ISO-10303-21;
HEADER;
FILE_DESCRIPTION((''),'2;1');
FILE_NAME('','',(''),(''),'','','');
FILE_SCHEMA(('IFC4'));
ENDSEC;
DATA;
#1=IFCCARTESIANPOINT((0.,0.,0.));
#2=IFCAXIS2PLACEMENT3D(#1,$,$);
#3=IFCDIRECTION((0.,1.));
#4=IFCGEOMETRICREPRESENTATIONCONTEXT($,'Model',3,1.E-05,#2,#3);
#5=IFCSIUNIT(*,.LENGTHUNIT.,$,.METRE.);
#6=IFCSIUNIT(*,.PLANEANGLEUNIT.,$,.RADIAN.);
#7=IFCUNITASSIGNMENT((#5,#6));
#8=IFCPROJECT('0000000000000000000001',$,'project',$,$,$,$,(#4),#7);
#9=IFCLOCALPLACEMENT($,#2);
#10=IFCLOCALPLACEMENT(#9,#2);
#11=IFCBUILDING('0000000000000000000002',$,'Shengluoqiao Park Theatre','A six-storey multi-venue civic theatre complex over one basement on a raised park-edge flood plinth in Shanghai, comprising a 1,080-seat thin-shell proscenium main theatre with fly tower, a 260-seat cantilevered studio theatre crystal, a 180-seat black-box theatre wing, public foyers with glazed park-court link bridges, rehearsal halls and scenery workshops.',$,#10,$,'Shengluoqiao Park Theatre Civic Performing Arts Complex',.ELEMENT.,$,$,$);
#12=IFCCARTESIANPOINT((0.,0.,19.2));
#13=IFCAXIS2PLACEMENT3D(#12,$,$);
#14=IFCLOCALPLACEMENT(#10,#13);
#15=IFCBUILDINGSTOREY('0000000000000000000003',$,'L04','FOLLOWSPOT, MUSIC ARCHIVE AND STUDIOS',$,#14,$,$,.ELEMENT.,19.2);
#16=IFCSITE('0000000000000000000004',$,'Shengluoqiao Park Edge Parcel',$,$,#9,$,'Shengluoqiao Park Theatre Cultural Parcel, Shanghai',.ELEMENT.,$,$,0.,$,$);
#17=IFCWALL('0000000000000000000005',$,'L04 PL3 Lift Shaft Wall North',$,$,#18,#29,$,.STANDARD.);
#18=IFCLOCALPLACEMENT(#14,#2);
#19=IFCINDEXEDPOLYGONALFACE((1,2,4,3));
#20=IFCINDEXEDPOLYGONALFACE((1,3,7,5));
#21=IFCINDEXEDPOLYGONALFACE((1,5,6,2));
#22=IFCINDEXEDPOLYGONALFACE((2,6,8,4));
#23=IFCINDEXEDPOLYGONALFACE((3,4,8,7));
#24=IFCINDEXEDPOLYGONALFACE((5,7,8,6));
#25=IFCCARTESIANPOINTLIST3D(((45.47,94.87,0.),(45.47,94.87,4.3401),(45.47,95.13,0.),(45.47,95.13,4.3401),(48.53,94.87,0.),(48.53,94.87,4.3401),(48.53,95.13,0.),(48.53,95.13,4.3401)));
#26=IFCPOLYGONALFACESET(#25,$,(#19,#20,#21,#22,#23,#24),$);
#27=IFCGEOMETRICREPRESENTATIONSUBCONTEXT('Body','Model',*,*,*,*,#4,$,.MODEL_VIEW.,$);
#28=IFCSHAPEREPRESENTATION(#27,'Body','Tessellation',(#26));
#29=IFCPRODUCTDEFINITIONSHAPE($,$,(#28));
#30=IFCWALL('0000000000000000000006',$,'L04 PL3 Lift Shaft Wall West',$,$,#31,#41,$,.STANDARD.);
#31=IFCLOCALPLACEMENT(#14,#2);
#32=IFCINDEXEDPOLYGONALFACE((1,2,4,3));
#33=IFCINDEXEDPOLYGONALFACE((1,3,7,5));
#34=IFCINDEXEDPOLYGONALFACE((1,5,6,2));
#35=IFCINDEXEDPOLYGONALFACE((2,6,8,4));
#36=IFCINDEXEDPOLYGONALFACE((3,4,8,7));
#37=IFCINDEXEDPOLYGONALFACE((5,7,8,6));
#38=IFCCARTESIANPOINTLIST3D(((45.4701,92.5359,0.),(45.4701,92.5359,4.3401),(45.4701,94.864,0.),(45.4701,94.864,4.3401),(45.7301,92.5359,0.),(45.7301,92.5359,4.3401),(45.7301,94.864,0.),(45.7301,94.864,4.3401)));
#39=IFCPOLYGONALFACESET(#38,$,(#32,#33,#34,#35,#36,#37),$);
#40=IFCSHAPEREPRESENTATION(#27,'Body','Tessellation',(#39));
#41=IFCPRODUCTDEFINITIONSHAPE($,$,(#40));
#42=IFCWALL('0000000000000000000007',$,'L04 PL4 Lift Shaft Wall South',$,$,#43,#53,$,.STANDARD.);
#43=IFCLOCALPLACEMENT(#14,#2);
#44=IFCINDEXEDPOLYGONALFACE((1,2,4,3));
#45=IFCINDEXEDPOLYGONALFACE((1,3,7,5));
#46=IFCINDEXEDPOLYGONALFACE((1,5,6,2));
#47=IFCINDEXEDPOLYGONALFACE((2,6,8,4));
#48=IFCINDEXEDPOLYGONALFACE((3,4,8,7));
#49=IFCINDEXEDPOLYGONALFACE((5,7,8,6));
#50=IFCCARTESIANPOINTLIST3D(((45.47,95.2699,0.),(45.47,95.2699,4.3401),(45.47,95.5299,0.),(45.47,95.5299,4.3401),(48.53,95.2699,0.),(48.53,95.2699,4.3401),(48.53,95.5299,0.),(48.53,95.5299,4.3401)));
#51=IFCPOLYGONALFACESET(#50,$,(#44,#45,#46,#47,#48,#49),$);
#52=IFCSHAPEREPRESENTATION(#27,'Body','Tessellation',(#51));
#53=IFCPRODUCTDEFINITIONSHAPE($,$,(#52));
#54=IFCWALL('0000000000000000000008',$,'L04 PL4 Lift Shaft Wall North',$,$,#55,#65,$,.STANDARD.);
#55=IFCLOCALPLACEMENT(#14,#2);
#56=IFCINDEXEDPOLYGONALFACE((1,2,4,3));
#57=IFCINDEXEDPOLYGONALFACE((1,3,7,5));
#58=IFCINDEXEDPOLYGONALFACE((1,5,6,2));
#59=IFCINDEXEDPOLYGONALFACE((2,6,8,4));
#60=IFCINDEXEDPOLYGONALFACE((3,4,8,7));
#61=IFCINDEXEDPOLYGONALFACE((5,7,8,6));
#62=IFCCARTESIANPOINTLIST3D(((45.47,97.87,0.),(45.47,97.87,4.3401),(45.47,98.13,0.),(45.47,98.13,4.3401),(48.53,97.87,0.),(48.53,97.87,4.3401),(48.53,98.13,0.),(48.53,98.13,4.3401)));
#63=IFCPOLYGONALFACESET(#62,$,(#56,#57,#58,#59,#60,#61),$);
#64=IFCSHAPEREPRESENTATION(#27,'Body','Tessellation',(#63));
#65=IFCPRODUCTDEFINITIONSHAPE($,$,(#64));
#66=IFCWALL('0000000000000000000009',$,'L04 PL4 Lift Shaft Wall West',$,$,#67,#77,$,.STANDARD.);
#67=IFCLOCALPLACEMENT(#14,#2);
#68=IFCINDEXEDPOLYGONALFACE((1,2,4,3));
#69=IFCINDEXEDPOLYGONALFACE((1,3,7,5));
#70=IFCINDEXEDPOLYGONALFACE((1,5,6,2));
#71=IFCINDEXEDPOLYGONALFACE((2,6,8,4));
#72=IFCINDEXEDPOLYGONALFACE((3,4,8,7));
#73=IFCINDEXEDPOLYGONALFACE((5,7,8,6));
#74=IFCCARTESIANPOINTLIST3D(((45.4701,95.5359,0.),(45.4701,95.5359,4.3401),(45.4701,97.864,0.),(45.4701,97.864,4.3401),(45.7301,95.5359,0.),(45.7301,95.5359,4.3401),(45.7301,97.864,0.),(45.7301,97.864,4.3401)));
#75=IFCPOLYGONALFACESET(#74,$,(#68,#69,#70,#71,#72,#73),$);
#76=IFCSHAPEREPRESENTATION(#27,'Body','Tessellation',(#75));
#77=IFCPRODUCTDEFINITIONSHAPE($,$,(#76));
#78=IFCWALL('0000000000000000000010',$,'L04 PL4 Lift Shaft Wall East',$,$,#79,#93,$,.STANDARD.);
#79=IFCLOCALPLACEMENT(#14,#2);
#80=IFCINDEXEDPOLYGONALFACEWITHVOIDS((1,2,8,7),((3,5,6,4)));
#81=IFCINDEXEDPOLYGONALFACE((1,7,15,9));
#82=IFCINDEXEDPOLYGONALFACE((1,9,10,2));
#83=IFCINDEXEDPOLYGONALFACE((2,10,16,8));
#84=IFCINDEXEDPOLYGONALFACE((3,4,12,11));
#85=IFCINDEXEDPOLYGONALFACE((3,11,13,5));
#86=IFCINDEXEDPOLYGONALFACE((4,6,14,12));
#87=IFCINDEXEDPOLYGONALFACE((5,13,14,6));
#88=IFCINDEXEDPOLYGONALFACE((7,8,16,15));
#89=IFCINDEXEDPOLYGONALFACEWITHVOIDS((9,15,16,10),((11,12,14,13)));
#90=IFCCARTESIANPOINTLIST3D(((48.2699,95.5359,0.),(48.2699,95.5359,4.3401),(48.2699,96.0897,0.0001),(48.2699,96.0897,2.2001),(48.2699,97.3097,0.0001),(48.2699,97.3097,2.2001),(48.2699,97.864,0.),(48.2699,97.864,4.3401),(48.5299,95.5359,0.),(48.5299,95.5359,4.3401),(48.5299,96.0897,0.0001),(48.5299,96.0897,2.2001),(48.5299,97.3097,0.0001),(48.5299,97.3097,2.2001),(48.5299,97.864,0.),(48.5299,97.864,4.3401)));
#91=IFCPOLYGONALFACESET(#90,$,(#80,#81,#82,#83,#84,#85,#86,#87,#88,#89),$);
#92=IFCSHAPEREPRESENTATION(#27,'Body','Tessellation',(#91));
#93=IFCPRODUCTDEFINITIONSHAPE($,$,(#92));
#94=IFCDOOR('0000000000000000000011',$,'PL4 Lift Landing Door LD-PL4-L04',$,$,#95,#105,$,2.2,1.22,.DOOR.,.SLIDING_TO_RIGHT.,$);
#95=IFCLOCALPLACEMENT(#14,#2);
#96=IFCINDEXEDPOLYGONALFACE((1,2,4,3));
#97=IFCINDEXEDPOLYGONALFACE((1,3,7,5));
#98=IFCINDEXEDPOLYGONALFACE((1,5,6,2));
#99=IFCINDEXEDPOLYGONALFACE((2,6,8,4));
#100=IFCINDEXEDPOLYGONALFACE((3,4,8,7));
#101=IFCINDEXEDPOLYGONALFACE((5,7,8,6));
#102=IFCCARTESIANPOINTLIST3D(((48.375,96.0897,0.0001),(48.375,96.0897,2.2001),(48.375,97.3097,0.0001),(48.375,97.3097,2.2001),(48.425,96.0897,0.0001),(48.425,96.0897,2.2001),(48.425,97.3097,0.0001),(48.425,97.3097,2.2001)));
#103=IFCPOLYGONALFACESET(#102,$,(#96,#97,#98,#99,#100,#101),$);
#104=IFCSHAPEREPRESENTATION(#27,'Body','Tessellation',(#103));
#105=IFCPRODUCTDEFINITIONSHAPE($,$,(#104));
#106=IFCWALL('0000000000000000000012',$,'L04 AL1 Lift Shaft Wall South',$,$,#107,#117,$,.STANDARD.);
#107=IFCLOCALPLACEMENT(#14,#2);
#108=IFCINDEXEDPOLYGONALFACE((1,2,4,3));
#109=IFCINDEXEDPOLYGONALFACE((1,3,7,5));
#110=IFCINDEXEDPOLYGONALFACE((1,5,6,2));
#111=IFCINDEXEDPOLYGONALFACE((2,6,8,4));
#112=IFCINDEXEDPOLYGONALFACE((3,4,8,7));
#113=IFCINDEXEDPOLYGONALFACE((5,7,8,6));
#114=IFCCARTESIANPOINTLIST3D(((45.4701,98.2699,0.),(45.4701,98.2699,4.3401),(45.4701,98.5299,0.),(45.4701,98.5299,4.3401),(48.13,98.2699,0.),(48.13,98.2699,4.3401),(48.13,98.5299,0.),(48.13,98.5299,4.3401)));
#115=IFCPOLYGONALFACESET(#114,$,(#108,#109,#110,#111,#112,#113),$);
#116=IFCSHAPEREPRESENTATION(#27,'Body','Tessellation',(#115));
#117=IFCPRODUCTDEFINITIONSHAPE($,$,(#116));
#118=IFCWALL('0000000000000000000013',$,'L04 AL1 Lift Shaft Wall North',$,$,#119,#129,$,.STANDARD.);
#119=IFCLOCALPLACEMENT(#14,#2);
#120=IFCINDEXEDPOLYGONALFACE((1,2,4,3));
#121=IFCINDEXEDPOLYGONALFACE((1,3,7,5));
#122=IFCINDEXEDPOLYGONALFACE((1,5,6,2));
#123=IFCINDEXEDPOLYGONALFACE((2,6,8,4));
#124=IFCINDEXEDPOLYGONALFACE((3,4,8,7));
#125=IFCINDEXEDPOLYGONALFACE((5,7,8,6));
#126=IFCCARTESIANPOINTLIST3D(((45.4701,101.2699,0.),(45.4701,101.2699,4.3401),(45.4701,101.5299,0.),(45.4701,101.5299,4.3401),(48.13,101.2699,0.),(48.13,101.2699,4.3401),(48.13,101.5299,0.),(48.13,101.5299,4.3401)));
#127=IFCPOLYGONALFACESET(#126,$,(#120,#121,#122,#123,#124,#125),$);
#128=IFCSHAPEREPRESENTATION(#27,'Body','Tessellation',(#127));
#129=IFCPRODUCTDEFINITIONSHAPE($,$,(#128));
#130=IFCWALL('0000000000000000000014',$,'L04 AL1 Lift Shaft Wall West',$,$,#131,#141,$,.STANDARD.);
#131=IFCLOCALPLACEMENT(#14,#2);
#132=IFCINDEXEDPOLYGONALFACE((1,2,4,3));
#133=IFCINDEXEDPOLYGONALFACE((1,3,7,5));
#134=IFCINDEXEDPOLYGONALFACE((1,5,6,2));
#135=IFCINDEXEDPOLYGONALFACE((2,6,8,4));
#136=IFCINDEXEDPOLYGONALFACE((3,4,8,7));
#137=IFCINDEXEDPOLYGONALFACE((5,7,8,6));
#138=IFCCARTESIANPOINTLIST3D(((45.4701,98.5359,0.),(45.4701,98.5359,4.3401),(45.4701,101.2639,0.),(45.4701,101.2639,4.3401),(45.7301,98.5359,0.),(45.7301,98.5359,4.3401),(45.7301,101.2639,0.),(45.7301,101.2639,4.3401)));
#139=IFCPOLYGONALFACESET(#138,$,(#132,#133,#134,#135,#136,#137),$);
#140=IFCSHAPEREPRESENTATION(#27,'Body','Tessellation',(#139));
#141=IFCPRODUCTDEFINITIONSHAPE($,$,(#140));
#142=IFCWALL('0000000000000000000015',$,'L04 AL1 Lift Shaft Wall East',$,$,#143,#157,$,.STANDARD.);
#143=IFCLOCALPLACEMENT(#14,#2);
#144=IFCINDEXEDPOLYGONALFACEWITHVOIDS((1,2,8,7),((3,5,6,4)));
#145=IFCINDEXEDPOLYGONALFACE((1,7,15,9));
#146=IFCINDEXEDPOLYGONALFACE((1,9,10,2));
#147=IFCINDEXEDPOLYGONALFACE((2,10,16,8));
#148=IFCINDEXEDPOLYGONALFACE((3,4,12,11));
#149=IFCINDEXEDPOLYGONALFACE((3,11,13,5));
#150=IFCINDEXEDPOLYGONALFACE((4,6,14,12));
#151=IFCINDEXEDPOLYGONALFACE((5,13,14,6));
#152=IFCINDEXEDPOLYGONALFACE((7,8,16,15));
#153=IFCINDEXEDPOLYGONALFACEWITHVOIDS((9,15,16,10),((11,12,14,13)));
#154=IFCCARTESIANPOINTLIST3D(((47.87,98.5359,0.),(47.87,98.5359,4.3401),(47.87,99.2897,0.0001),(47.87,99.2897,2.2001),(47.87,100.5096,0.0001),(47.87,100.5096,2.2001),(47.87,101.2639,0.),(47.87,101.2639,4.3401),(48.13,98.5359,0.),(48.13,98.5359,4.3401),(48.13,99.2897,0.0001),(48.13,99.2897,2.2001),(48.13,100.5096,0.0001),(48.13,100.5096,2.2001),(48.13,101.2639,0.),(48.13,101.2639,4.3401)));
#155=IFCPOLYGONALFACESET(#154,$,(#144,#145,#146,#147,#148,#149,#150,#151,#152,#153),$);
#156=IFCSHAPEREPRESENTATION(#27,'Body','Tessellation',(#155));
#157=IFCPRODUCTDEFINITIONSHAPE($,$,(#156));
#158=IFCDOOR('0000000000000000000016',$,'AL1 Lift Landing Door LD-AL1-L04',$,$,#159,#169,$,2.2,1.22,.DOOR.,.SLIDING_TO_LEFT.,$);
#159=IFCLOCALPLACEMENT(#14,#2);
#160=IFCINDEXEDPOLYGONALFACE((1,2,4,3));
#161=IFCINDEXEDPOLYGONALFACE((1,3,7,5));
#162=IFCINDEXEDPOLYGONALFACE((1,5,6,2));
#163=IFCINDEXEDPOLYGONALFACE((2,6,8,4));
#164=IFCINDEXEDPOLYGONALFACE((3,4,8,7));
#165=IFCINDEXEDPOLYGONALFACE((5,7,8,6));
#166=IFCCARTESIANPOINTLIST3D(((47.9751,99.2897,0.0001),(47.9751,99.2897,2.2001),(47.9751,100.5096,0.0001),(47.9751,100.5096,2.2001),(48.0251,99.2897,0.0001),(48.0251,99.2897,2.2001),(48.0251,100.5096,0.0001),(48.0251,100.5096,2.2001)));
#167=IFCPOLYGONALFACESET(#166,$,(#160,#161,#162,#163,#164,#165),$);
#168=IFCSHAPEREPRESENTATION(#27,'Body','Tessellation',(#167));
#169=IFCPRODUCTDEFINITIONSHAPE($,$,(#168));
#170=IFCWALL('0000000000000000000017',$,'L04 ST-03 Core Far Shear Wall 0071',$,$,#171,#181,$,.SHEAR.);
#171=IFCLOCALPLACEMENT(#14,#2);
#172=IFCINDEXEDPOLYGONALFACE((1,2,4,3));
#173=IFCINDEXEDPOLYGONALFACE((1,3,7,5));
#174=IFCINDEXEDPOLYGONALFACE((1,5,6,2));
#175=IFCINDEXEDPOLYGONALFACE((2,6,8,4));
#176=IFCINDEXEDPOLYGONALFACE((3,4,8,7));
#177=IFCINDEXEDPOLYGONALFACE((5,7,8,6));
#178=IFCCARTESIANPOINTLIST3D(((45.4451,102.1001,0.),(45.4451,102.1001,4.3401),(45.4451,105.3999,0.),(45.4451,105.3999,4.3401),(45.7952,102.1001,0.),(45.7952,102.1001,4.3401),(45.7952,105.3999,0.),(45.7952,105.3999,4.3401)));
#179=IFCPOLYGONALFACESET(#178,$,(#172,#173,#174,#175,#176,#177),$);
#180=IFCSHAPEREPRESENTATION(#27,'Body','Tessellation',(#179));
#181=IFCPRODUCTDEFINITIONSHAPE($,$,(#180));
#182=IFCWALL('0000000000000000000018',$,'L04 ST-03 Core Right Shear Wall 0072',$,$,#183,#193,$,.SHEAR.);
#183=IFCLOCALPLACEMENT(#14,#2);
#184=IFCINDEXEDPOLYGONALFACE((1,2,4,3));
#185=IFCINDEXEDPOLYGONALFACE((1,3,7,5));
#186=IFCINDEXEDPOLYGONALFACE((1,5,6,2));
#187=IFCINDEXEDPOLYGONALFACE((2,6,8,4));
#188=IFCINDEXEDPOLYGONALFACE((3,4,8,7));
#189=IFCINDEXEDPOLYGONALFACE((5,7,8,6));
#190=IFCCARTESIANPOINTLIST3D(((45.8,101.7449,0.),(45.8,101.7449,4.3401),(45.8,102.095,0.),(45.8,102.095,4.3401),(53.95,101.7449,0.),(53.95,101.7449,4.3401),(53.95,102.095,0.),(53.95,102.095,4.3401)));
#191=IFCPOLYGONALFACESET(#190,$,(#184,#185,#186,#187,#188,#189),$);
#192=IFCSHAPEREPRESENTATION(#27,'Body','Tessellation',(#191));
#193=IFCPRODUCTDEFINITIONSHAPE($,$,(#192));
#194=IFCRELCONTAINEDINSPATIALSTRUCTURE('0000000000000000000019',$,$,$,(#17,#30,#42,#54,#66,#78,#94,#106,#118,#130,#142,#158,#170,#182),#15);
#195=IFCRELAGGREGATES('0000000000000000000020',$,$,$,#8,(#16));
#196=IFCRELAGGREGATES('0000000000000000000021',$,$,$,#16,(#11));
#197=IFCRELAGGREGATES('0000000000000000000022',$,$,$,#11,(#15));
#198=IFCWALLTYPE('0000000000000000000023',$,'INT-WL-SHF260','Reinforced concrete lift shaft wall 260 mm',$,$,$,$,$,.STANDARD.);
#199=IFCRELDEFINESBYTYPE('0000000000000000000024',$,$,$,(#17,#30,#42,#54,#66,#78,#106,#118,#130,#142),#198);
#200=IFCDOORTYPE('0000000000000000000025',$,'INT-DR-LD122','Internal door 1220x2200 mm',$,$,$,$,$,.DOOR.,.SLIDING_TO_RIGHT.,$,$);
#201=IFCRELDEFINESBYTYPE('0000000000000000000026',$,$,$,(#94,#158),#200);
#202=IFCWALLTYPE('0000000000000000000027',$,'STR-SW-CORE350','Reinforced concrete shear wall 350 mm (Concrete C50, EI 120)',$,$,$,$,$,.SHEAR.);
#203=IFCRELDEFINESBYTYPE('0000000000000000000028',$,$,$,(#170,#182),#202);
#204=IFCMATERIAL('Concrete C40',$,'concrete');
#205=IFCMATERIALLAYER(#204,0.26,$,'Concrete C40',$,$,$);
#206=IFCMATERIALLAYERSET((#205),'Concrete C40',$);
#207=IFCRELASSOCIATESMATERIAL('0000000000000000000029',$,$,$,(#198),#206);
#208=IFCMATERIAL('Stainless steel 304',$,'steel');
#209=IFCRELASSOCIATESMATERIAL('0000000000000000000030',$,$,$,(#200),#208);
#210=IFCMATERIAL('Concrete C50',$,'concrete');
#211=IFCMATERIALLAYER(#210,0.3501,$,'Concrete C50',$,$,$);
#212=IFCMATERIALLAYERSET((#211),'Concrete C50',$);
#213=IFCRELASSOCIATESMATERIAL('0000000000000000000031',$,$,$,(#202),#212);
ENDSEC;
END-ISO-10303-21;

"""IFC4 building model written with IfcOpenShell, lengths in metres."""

from ifc_helpers import new_model, si_unit, direction, frame, frame_2d, origin, place, context, subcontext, project, spatial, rectangle, extrude, material, layer, layer_set, type_object, element, fill, save


model = new_model("IFC4")

# Units and contexts
model_context = context("Model", 3, precision=1e-05, world=origin(), true_north=direction((0.0, 1.0)))
body_context = subcontext(model_context, "Body", "Model", "MODEL_VIEW")
ifc_project = project(units=[si_unit("LENGTHUNIT", "METRE"), si_unit("PLANEANGLEUNIT", "RADIAN")], contexts=[model_context])

# Site, building, storey
site_placement = place(None, origin())
site = spatial("IfcSite", under=ifc_project, at=site_placement, Name="Shengluoqiao Park Edge Parcel", LongName="Shengluoqiao Park Theatre Cultural Parcel, Shanghai", CompositionType="ELEMENT", RefElevation=0.0)
building_placement = place(site_placement, origin())
building = spatial("IfcBuilding", under=site, at=building_placement, Name="Shengluoqiao Park Theatre", Description="A six-storey multi-venue civic theatre complex over one basement on a raised park-edge flood plinth in Shanghai, comprising a 1,080-seat thin-shell proscenium main theatre with fly tower, a 260-seat cantilevered studio theatre crystal, a 180-seat black-box theatre wing, public foyers with glazed park-court link bridges, rehearsal halls and scenery workshops.", LongName="Shengluoqiao Park Theatre Civic Performing Arts Complex", CompositionType="ELEMENT")
storey_placement = place(building_placement, frame((0.0, 0.0, 19.2)))
storey = spatial("IfcBuildingStorey", under=building, at=storey_placement, Name="L04", Description="FOLLOWSPOT, MUSIC ARCHIVE AND STUDIOS", CompositionType="ELEMENT", Elevation=19.2)

# Shared definitions
ifc_material_1 = material(Name="Concrete C50", Category="concrete")

# Walls
ifc_material_2 = material(Name="Concrete C40", Category="concrete")
ifc_layer_1 = layer(ifc_material_2, 0.26, Name="Concrete C40")
ifc_layer_set_1 = layer_set([ifc_layer_1], Name="Concrete C40")
wall_type_1 = type_object("IfcWallType", Name="INT-WL-SHF260", Description="Reinforced concrete lift shaft wall 260 mm", PredefinedType="STANDARD", material=ifc_layer_set_1)
for number, where, z_axis, x_axis, name in (
    (1, (45.47, 95.0, 0.0), (0.0, 0.0, 1.0), (1.0, 0.0, 0.0), "L04 PL3 Lift Shaft Wall North"),
):
    element("IfcWall", number, at=place(storey_placement, frame(where, z_axis=z_axis, x_axis=x_axis)), inside=storey, type_object=wall_type_1, Name=name, PredefinedType="STANDARD", context=body_context, shape_type="SweptSolid", body=[
        extrude(rectangle(XDim=3.0601, YDim=0.26, at=frame_2d((1.53, 0.0))), origin(), (0.0, 0.0, 1.0), 4.3401),
    ])
wall_1_placement = place(storey_placement, frame((45.6001, 92.5359, 0.0), z_axis=(0.0, 0.0, 1.0), x_axis=(0.0, 1.0, 0.0)))
element("IfcWall", 2, at=wall_1_placement, inside=storey, type_object=wall_type_1, Name="L04 PL3 Lift Shaft Wall West", PredefinedType="STANDARD", context=body_context, shape_type="SweptSolid", body=[
    extrude(rectangle(XDim=2.3281, YDim=0.26, at=frame_2d((1.1641, 0.0))), origin(), (0.0, 0.0, 1.0), 4.3401),
])

# Shared definitions
ifc_material_3 = material(Name="Stainless steel 304", Category="steel")

# Walls
for number, where, z_axis, x_axis, name in (
    (3, (45.47, 95.3999, 0.0), (0.0, 0.0, 1.0), (1.0, 0.0, 0.0), "L04 PL4 Lift Shaft Wall South"),
    (4, (45.47, 98.0, 0.0), (0.0, 0.0, 1.0), (1.0, 0.0, 0.0), "L04 PL4 Lift Shaft Wall North"),
):
    element("IfcWall", number, at=place(storey_placement, frame(where, z_axis=z_axis, x_axis=x_axis)), inside=storey, type_object=wall_type_1, Name=name, PredefinedType="STANDARD", context=body_context, shape_type="SweptSolid", body=[
        extrude(rectangle(XDim=3.0601, YDim=0.26, at=frame_2d((1.53, 0.0))), origin(), (0.0, 0.0, 1.0), 4.3401),
    ])
wall_2_placement = place(storey_placement, frame((45.6001, 95.5359, 0.0), z_axis=(0.0, 0.0, 1.0), x_axis=(0.0, 1.0, 0.0)))
element("IfcWall", 5, at=wall_2_placement, inside=storey, type_object=wall_type_1, Name="L04 PL4 Lift Shaft Wall West", PredefinedType="STANDARD", context=body_context, shape_type="SweptSolid", body=[
    extrude(rectangle(XDim=2.3281, YDim=0.26, at=frame_2d((1.1641, 0.0))), origin(), (0.0, 0.0, 1.0), 4.3401),
])

# Wall, opening, door
wall_3_placement = place(storey_placement, frame((48.3999, 95.5359, 0.0), z_axis=(0.0, 0.0, 1.0), x_axis=(0.0, 1.0, 0.0)))
wall_3 = element("IfcWall", 6, at=wall_3_placement, inside=storey, type_object=wall_type_1, Name="L04 PL4 Lift Shaft Wall East", PredefinedType="STANDARD", context=body_context, shape_type="SweptSolid", body=[
    extrude(rectangle(XDim=2.3281, YDim=0.26, at=frame_2d((1.1641, 0.0))), origin(), (0.0, 0.0, 1.0), 4.3401),
])
opening_1_placement = place(wall_3_placement, frame((0.554, 0.0, 0.0)))
opening_1 = element("IfcOpeningElement", 7, at=opening_1_placement, cuts=wall_3, PredefinedType="OPENING", context=body_context, shape_type="SweptSolid", body=[
    extrude(rectangle(XDim=1.22, YDim=2.2, at=frame_2d((0.6099, 1.1001))), frame((0.0, 0.1399, 0.0), z_axis=(0.0, -1.0, 0.0), x_axis=(1.0, 0.0, 0.0)), (0.0, 0.0, 1.0), 0.28),
])
door_type_1 = type_object("IfcDoorType", Name="INT-DR-LD122", Description="Internal door 1220x2200 mm", OperationType="SLIDING_TO_RIGHT", PredefinedType="DOOR", material=ifc_material_3)
door_1_placement = place(opening_1_placement, origin())
door_1 = element("IfcDoor", 8, at=door_1_placement, inside=storey, type_object=door_type_1, Name="PL4 Lift Landing Door LD-PL4-L04", OperationType="SLIDING_TO_RIGHT", OverallHeight=2.2, OverallWidth=1.22, PredefinedType="DOOR", context=body_context, shape_type="SweptSolid", body=[
    extrude(rectangle(XDim=1.22, YDim=2.2, at=frame_2d((0.6099, 1.1001))), frame((0.0, 0.0249, 0.0), z_axis=(0.0, -1.0, 0.0), x_axis=(1.0, 0.0, 0.0)), (0.0, 0.0, 1.0), 0.05),
])
fill(opening_1, door_1)

# Walls
for number, where, z_axis, x_axis, name in (
    (9, (45.47, 98.3999, 0.0), (0.0, 0.0, 1.0), (1.0, 0.0, 0.0), "L04 AL1 Lift Shaft Wall South"),
    (10, (45.47, 101.3999, 0.0), (0.0, 0.0, 1.0), (1.0, 0.0, 0.0), "L04 AL1 Lift Shaft Wall North"),
):
    element("IfcWall", number, at=place(storey_placement, frame(where, z_axis=z_axis, x_axis=x_axis)), inside=storey, type_object=wall_type_1, Name=name, PredefinedType="STANDARD", context=body_context, shape_type="SweptSolid", body=[
        extrude(rectangle(XDim=2.6599, YDim=0.26, at=frame_2d((1.3301, 0.0))), origin(), (0.0, 0.0, 1.0), 4.3401),
    ])
wall_4_placement = place(storey_placement, frame((45.6001, 98.5359, 0.0), z_axis=(0.0, 0.0, 1.0), x_axis=(0.0, 1.0, 0.0)))
element("IfcWall", 11, at=wall_4_placement, inside=storey, type_object=wall_type_1, Name="L04 AL1 Lift Shaft Wall West", PredefinedType="STANDARD", context=body_context, shape_type="SweptSolid", body=[
    extrude(rectangle(XDim=2.728, YDim=0.26, at=frame_2d((1.364, 0.0))), origin(), (0.0, 0.0, 1.0), 4.3401),
])

# Wall, opening, door
wall_5_placement = place(storey_placement, frame((48.0, 98.5359, 0.0), z_axis=(0.0, 0.0, 1.0), x_axis=(0.0, 1.0, 0.0)))
wall_5 = element("IfcWall", 12, at=wall_5_placement, inside=storey, type_object=wall_type_1, Name="L04 AL1 Lift Shaft Wall East", PredefinedType="STANDARD", context=body_context, shape_type="SweptSolid", body=[
    extrude(rectangle(XDim=2.728, YDim=0.26, at=frame_2d((1.364, 0.0))), origin(), (0.0, 0.0, 1.0), 4.3401),
])
opening_2_placement = place(wall_5_placement, frame((0.7539, 0.0, 0.0)))
opening_2 = element("IfcOpeningElement", 13, at=opening_2_placement, cuts=wall_5, PredefinedType="OPENING", context=body_context, shape_type="SweptSolid", body=[
    extrude(rectangle(XDim=1.22, YDim=2.2, at=frame_2d((0.6099, 1.1001))), frame((0.0, 0.1399, 0.0), z_axis=(0.0, -1.0, 0.0), x_axis=(1.0, 0.0, 0.0)), (0.0, 0.0, 1.0), 0.28),
])
door_2_placement = place(opening_2_placement, origin())
door_2 = element("IfcDoor", 14, at=door_2_placement, inside=storey, type_object=door_type_1, Name="AL1 Lift Landing Door LD-AL1-L04", OperationType="SLIDING_TO_LEFT", OverallHeight=2.2, OverallWidth=1.22, PredefinedType="DOOR", context=body_context, shape_type="SweptSolid", body=[
    extrude(rectangle(XDim=1.22, YDim=2.2, at=frame_2d((0.6099, 1.1001))), frame((0.0, 0.0249, 0.0), z_axis=(0.0, -1.0, 0.0), x_axis=(1.0, 0.0, 0.0)), (0.0, 0.0, 1.0), 0.05),
])
fill(opening_2, door_2)

# Walls
ifc_layer_2 = layer(ifc_material_1, 0.3501, Name="Concrete C50")
ifc_layer_set_2 = layer_set([ifc_layer_2], Name="Concrete C50")
wall_type_2 = type_object("IfcWallType", Name="STR-SW-CORE350", Description="Reinforced concrete shear wall 350 mm (Concrete C50, EI 120)", PredefinedType="SHEAR", material=ifc_layer_set_2)
wall_6_placement = place(storey_placement, frame((45.6201, 105.3999, 0.0), z_axis=(0.0, 0.0, 1.0), x_axis=(0.0, -1.0, 0.0)))
element("IfcWall", 15, at=wall_6_placement, inside=storey, type_object=wall_type_2, Name="L04 ST-03 Core Far Shear Wall 0071", PredefinedType="SHEAR", context=body_context, shape_type="SweptSolid", body=[
    extrude(rectangle(XDim=3.2998, YDim=0.3501, at=frame_2d((1.6499, 0.0))), origin(), (0.0, 0.0, 1.0), 4.3401),
])
wall_7_placement = place(storey_placement, frame((45.8, 101.9199, 0.0), z_axis=(0.0, 0.0, 1.0), x_axis=(1.0, 0.0, 0.0)))
element("IfcWall", 16, at=wall_7_placement, inside=storey, type_object=wall_type_2, Name="L04 ST-03 Core Right Shear Wall 0072", PredefinedType="SHEAR", context=body_context, shape_type="SweptSolid", body=[
    extrude(rectangle(XDim=8.1499, YDim=0.3501, at=frame_2d((4.075, 0.0))), origin(), (0.0, 0.0, 1.0), 4.3401),
])

save(model, "model.ifc")
